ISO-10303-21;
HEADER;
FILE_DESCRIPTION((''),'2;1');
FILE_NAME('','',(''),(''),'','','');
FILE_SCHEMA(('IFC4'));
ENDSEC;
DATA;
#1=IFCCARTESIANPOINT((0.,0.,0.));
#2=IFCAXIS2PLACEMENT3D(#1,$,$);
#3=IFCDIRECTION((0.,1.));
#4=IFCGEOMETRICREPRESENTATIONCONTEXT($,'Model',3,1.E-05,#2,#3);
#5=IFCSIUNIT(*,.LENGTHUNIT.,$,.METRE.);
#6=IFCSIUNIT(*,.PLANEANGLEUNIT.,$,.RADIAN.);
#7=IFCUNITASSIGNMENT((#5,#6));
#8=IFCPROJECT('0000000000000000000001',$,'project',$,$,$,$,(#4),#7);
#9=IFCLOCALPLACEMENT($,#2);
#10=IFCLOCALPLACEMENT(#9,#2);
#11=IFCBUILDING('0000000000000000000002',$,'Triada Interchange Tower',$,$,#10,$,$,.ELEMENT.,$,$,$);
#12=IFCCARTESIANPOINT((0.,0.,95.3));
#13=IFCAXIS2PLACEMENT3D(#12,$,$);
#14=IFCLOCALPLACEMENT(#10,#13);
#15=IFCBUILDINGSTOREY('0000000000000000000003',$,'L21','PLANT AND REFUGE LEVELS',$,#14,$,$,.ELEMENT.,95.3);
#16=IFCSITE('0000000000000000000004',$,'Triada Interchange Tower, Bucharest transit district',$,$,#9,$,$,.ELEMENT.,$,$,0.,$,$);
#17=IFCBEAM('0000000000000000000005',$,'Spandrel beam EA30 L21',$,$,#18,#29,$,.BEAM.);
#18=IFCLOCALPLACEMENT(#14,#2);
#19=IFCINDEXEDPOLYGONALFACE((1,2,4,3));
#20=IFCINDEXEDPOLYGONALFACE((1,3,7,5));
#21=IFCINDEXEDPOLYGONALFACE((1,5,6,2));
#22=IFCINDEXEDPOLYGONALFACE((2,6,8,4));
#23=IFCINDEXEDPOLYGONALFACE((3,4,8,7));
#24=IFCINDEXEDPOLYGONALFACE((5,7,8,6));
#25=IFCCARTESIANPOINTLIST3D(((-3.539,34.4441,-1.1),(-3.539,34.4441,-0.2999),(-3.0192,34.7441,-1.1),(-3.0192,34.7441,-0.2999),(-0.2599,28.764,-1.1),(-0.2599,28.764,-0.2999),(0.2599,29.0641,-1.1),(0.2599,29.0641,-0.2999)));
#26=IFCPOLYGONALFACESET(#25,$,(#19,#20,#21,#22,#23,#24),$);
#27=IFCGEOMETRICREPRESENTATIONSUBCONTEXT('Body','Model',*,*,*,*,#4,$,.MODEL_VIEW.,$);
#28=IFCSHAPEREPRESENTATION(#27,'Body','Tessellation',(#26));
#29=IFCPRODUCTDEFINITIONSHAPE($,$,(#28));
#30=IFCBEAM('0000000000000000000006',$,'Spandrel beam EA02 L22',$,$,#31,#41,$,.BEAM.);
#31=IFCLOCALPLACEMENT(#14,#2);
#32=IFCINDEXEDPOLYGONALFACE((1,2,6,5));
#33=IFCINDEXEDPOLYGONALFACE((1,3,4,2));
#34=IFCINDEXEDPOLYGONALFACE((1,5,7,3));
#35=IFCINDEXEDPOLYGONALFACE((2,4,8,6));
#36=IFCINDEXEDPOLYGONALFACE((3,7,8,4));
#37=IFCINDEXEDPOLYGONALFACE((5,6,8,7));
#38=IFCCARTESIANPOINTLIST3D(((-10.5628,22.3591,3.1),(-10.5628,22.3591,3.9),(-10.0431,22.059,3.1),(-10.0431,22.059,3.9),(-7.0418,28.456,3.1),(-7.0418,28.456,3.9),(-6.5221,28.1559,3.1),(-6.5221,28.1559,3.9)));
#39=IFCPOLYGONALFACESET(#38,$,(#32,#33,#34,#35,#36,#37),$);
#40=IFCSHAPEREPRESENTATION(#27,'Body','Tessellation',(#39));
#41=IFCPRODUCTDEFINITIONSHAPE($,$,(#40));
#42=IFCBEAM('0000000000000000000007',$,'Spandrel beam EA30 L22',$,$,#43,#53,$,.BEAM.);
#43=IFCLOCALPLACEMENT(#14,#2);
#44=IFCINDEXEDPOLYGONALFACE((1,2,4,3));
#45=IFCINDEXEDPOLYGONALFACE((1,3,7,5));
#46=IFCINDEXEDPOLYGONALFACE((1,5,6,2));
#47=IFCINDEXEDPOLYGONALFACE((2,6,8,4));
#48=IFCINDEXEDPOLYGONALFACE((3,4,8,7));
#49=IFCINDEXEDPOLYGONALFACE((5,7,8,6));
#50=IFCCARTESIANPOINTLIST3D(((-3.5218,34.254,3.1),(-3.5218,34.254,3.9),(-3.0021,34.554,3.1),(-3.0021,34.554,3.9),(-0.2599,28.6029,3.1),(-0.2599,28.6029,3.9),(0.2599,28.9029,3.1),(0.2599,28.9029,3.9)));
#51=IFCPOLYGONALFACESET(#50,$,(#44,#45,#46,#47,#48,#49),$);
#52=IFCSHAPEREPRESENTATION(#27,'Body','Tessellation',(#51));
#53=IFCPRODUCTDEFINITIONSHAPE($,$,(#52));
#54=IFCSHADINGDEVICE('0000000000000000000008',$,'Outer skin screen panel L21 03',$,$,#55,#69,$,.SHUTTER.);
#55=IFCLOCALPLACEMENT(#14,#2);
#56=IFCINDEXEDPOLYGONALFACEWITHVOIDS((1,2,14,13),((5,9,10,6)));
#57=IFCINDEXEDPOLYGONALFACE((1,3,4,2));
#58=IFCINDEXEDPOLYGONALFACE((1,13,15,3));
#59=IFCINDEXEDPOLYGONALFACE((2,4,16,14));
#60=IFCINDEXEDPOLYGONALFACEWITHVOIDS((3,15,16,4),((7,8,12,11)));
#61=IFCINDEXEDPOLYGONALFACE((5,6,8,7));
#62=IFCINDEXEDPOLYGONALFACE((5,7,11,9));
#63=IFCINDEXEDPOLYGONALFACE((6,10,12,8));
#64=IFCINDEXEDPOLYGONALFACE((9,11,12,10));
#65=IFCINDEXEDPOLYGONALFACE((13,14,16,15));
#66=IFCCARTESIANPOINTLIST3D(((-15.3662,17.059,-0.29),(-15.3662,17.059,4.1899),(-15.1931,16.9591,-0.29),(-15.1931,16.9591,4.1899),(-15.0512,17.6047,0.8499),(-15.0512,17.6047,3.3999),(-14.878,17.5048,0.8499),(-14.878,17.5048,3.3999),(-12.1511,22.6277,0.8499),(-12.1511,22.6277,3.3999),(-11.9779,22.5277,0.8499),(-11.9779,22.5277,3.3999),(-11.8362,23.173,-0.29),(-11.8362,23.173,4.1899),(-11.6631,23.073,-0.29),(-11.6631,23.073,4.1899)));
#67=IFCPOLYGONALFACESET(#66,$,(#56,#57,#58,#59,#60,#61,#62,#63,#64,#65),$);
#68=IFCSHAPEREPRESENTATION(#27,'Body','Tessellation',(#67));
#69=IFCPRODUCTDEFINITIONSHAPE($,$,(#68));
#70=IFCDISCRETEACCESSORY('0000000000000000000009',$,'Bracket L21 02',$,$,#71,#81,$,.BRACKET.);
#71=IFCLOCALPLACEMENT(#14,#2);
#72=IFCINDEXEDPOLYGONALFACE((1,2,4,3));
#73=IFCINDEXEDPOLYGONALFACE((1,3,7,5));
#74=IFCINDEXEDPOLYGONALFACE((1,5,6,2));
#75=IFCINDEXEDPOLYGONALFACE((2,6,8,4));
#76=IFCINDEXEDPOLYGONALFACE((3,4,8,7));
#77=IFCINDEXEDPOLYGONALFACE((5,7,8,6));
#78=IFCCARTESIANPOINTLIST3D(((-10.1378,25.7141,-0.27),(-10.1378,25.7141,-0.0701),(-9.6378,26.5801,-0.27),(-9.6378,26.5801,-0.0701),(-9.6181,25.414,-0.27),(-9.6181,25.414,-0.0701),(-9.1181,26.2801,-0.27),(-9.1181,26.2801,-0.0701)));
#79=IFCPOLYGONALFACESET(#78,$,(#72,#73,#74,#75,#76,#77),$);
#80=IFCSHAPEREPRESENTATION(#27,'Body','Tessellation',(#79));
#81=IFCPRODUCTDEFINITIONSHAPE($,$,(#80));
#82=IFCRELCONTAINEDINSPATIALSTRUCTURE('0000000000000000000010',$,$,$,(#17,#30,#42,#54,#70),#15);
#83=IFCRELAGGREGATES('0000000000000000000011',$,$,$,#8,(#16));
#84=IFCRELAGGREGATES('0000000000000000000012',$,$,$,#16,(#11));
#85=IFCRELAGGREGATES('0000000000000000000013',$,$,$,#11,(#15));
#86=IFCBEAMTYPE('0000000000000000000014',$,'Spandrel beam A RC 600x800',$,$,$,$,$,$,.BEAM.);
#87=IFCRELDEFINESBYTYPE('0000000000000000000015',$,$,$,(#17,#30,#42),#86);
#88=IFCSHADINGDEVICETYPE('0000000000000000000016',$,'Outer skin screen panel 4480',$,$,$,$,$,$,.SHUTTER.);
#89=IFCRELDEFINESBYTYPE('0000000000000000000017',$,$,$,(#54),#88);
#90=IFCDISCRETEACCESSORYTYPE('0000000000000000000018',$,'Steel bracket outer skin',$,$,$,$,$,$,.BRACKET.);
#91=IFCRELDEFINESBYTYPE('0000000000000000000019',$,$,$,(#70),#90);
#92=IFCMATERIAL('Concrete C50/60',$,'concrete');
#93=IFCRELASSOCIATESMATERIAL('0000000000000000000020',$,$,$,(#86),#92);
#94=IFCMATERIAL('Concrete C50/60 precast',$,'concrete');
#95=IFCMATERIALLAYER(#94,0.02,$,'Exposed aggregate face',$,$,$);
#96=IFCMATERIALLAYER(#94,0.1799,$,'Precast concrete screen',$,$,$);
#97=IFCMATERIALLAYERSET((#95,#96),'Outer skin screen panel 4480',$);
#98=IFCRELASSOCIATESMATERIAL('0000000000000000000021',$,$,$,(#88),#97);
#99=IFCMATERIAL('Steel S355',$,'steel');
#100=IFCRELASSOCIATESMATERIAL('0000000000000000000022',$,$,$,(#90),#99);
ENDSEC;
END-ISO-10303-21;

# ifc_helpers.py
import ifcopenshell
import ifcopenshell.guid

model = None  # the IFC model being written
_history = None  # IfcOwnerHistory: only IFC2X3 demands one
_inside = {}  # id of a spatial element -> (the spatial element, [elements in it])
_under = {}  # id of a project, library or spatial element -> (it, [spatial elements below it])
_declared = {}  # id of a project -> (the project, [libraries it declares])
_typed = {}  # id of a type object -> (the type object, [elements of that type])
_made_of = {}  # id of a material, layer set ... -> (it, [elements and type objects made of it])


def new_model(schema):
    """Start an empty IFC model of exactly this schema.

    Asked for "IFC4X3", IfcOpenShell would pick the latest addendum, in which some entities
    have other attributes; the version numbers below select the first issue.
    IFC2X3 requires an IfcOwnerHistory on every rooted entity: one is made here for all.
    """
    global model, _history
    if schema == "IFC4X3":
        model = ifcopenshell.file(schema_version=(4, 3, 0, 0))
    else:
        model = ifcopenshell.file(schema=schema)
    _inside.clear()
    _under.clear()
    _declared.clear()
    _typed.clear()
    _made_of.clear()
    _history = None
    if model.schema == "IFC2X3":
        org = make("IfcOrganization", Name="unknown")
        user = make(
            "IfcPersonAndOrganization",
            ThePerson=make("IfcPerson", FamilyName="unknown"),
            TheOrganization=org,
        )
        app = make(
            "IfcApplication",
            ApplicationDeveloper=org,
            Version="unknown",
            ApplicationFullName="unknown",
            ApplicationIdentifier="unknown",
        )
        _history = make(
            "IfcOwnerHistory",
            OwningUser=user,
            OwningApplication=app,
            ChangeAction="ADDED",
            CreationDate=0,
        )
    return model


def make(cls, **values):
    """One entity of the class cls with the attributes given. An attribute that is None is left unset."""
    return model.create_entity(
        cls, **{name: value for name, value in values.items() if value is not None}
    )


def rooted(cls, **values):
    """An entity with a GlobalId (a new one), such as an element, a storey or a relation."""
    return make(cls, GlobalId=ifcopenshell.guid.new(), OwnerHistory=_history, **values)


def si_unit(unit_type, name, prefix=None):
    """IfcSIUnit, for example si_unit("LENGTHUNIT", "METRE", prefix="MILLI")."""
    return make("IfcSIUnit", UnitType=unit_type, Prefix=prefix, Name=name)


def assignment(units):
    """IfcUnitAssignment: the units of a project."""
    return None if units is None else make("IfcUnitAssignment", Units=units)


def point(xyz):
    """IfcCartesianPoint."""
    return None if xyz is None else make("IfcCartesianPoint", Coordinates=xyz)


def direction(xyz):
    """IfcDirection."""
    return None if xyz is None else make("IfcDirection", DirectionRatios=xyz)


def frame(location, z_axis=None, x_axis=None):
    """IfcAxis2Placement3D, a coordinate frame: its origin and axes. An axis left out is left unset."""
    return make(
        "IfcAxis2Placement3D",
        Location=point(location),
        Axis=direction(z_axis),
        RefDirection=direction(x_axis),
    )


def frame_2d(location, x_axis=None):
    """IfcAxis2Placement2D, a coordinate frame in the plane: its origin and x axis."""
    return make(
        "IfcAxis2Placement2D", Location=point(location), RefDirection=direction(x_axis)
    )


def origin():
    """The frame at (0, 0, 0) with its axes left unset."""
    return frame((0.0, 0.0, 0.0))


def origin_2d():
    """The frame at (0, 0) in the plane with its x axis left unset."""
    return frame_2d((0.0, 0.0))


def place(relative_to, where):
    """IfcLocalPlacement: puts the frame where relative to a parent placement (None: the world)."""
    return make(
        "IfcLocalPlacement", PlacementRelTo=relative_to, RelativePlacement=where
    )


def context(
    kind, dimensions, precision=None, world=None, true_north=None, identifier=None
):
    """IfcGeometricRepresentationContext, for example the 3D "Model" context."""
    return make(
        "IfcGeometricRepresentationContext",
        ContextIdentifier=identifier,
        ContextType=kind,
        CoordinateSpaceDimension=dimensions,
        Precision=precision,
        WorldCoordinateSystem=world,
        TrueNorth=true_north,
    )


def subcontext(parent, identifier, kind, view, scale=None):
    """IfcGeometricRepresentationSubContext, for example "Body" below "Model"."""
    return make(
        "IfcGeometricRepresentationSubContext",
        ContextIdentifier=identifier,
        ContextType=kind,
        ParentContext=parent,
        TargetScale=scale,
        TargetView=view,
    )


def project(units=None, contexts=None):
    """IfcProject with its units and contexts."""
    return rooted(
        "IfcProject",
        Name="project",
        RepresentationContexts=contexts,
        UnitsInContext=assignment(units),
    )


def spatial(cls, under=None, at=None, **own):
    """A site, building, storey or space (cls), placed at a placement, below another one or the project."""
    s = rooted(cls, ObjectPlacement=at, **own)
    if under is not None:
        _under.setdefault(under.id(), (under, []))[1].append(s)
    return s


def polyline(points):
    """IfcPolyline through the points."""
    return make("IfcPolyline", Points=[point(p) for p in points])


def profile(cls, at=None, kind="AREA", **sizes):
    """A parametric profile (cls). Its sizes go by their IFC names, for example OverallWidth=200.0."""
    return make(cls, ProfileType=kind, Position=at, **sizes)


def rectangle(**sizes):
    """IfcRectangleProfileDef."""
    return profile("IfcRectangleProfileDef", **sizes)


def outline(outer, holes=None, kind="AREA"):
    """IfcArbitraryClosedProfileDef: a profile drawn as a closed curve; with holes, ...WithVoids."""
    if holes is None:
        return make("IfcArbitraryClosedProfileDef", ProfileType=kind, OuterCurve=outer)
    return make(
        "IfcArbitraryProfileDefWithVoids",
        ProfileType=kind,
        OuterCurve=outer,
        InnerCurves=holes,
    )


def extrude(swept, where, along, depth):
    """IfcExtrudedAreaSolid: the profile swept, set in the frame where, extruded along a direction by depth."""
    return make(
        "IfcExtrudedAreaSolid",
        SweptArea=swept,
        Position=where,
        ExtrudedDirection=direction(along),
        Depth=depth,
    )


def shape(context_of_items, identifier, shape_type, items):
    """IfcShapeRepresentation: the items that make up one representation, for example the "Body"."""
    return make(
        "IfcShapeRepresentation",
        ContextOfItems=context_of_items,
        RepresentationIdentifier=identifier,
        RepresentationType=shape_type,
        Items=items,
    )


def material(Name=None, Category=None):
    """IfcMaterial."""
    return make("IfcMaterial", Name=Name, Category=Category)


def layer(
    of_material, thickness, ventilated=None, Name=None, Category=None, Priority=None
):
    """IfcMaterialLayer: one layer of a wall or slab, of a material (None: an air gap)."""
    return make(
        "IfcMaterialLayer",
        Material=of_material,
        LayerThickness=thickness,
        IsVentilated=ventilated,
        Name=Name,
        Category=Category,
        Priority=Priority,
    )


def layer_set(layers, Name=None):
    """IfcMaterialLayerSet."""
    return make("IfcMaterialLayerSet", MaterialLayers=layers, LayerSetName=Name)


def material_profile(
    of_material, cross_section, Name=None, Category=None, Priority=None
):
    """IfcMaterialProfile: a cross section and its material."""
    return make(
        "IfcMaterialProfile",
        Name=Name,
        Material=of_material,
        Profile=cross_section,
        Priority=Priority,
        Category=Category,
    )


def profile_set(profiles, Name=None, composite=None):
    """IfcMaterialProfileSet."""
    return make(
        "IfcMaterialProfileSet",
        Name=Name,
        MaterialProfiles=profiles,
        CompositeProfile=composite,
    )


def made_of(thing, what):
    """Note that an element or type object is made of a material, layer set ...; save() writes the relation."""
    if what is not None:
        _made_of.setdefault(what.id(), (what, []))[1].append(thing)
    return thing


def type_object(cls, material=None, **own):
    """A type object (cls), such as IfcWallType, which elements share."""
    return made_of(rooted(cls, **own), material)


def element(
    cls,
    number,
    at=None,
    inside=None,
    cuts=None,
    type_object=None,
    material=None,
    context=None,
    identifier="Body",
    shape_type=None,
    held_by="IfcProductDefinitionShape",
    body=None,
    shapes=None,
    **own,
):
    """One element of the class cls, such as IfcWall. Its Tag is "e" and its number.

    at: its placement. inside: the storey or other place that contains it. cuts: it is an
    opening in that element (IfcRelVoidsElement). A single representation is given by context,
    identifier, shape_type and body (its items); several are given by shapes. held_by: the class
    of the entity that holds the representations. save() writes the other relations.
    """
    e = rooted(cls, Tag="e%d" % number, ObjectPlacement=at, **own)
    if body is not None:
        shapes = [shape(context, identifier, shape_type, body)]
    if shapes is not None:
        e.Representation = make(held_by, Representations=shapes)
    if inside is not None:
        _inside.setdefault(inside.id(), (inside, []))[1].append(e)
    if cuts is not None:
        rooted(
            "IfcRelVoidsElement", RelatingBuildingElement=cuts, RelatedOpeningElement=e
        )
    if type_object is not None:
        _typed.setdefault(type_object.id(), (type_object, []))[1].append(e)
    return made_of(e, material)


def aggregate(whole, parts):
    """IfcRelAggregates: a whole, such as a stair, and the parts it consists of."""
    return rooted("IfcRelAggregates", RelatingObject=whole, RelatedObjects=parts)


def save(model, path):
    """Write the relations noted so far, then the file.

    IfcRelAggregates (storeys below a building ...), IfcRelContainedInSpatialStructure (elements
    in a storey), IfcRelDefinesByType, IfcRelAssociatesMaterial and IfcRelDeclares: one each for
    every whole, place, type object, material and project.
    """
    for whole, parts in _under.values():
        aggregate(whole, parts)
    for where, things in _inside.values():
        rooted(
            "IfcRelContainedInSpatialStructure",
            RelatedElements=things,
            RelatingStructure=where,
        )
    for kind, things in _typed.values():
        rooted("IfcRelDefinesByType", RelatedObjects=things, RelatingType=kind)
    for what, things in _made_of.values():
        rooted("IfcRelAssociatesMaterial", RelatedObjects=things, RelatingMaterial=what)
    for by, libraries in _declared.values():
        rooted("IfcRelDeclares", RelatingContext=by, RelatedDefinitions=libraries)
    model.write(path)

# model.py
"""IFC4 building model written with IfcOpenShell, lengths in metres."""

from ifc_helpers import new_model, si_unit, direction, frame, origin, origin_2d, place, context, subcontext, project, spatial, polyline, rectangle, outline, extrude, material, layer, layer_set, material_profile, profile_set, type_object, element, save


model = new_model("IFC4")

# Units and contexts
model_context = context("Model", 3, precision=1e-05, world=origin(), true_north=direction((0.0, 1.0)))
body_context = subcontext(model_context, "Body", "Model", "MODEL_VIEW")
ifc_project = project(units=[si_unit("LENGTHUNIT", "METRE"), si_unit("PLANEANGLEUNIT", "RADIAN")], contexts=[model_context])

# Site, building, storey
site_placement = place(None, origin())
site = spatial("IfcSite", under=ifc_project, at=site_placement, Name="Triada Interchange Tower, Bucharest transit district", CompositionType="ELEMENT", RefElevation=0.0)
building_placement = place(site_placement, origin())
building = spatial("IfcBuilding", under=site, at=building_placement, Name="Triada Interchange Tower", CompositionType="ELEMENT")
storey_placement = place(building_placement, frame((0.0, 0.0, 95.3)))
storey = spatial("IfcBuildingStorey", under=building, at=storey_placement, Name="L21", Description="PLANT AND REFUGE LEVELS", CompositionType="ELEMENT", Elevation=95.3)

# Shared definitions
ifc_material_1 = material(Name="Steel S355", Category="steel")

# Beams
ifc_material_2 = material(Name="Concrete C50/60", Category="concrete")
ifc_material_profile_1 = material_profile(ifc_material_2, rectangle(XDim=0.6001, YDim=0.8, at=origin_2d()), Name="RC 600x800")
ifc_profile_set_1 = profile_set([ifc_material_profile_1], Name="Concrete C50/60")
beam_type_1 = type_object("IfcBeamType", Name="Spandrel beam A RC 600x800", PredefinedType="BEAM", material=ifc_profile_set_1)
beam_1_placement = place(storey_placement, frame((0.0, 28.9141, -0.7), z_axis=(-0.499971, 0.866042, 0.0), x_axis=(-0.866042, -0.499971, 0.0)))
element("IfcBeam", 1, at=beam_1_placement, inside=storey, type_object=beam_type_1, Name="Spandrel beam EA30 L21", PredefinedType="BEAM", context=body_context, shape_type="SweptSolid", body=[
    extrude(rectangle(XDim=0.6001, YDim=0.8, at=origin_2d()), origin(), (0.0, 0.0, 1.0), 6.5586),
])
beam_2_placement = place(storey_placement, frame((-6.782, 28.3059, 3.5), z_axis=(-0.5001, -0.865968, 0.0), x_axis=(0.865968, -0.5001, 0.0)))
element("IfcBeam", 2, at=beam_2_placement, inside=storey, type_object=beam_type_1, Name="Spandrel beam EA02 L22", PredefinedType="BEAM", context=body_context, shape_type="SweptSolid", body=[
    extrude(rectangle(XDim=0.6001, YDim=0.8, at=origin_2d()), origin(), (0.0, 0.0, 1.0), 7.0405),
])
beam_3_placement = place(storey_placement, frame((0.0, 28.7529, 3.5), z_axis=(-0.499918, 0.866073, 0.0), x_axis=(-0.866073, -0.499918, 0.0)))
element("IfcBeam", 3, at=beam_3_placement, inside=storey, type_object=beam_type_1, Name="Spandrel beam EA30 L22", PredefinedType="BEAM", context=body_context, shape_type="SweptSolid", body=[
    extrude(rectangle(XDim=0.6001, YDim=0.8, at=origin_2d()), origin(), (0.0, 0.0, 1.0), 6.5249),
])

# Shading device
ifc_material_3 = material(Name="Concrete C50/60 precast", Category="concrete")
ifc_layer_1 = layer(ifc_material_3, 0.02, Name="Exposed aggregate face")
ifc_layer_2 = layer(ifc_material_3, 0.1799, Name="Precast concrete screen")
ifc_layer_set = layer_set([ifc_layer_1, ifc_layer_2], Name="Outer skin screen panel 4480")
shading_device_type = type_object("IfcShadingDeviceType", Name="Outer skin screen panel 4480", PredefinedType="SHUTTER", material=ifc_layer_set)
shading_device_placement = place(storey_placement, frame((-11.6631, 23.073, -0.29), z_axis=(0.0, 0.0, 1.0), x_axis=(-0.500011, -0.866019, 0.0)))
element("IfcShadingDevice", 4, at=shading_device_placement, inside=storey, type_object=shading_device_type, Name="Outer skin screen panel L21 03", PredefinedType="SHUTTER", context=body_context, shape_type="SweptSolid", body=[
    extrude(outline(polyline([(0.0, 0.0), (7.0598, 0.0), (7.0598, 4.48), (0.0, 4.48), (0.0, 0.0)]), holes=[polyline([(0.6296, 1.1399), (0.6296, 3.6899), (6.4297, 3.6899), (6.4297, 1.1399), (0.6296, 1.1399)])]), frame((0.0, 0.0, 0.0), z_axis=(0.0, -1.0, 0.0), x_axis=(1.0, 0.0, 0.0)), (0.0, 0.0, 1.0), 0.2),
])

# Discrete accessory
discrete_accessory_type = type_object("IfcDiscreteAccessoryType", Name="Steel bracket outer skin", PredefinedType="BRACKET", material=ifc_material_1)
discrete_accessory_placement = place(storey_placement, frame((-9.6279, 25.9971, -0.27), z_axis=(0.0, 0.0, 1.0), x_axis=(-0.866021, 0.500007, 0.0)))
element("IfcDiscreteAccessory", 5, at=discrete_accessory_placement, inside=storey, type_object=discrete_accessory_type, Name="Bracket L21 02", PredefinedType="BRACKET", context=body_context, shape_type="SweptSolid", body=[
    extrude(rectangle(XDim=0.6001, YDim=1.0, at=origin_2d()), origin(), (0.0, 0.0, 1.0), 0.2),
])

save(model, "model.ifc")
